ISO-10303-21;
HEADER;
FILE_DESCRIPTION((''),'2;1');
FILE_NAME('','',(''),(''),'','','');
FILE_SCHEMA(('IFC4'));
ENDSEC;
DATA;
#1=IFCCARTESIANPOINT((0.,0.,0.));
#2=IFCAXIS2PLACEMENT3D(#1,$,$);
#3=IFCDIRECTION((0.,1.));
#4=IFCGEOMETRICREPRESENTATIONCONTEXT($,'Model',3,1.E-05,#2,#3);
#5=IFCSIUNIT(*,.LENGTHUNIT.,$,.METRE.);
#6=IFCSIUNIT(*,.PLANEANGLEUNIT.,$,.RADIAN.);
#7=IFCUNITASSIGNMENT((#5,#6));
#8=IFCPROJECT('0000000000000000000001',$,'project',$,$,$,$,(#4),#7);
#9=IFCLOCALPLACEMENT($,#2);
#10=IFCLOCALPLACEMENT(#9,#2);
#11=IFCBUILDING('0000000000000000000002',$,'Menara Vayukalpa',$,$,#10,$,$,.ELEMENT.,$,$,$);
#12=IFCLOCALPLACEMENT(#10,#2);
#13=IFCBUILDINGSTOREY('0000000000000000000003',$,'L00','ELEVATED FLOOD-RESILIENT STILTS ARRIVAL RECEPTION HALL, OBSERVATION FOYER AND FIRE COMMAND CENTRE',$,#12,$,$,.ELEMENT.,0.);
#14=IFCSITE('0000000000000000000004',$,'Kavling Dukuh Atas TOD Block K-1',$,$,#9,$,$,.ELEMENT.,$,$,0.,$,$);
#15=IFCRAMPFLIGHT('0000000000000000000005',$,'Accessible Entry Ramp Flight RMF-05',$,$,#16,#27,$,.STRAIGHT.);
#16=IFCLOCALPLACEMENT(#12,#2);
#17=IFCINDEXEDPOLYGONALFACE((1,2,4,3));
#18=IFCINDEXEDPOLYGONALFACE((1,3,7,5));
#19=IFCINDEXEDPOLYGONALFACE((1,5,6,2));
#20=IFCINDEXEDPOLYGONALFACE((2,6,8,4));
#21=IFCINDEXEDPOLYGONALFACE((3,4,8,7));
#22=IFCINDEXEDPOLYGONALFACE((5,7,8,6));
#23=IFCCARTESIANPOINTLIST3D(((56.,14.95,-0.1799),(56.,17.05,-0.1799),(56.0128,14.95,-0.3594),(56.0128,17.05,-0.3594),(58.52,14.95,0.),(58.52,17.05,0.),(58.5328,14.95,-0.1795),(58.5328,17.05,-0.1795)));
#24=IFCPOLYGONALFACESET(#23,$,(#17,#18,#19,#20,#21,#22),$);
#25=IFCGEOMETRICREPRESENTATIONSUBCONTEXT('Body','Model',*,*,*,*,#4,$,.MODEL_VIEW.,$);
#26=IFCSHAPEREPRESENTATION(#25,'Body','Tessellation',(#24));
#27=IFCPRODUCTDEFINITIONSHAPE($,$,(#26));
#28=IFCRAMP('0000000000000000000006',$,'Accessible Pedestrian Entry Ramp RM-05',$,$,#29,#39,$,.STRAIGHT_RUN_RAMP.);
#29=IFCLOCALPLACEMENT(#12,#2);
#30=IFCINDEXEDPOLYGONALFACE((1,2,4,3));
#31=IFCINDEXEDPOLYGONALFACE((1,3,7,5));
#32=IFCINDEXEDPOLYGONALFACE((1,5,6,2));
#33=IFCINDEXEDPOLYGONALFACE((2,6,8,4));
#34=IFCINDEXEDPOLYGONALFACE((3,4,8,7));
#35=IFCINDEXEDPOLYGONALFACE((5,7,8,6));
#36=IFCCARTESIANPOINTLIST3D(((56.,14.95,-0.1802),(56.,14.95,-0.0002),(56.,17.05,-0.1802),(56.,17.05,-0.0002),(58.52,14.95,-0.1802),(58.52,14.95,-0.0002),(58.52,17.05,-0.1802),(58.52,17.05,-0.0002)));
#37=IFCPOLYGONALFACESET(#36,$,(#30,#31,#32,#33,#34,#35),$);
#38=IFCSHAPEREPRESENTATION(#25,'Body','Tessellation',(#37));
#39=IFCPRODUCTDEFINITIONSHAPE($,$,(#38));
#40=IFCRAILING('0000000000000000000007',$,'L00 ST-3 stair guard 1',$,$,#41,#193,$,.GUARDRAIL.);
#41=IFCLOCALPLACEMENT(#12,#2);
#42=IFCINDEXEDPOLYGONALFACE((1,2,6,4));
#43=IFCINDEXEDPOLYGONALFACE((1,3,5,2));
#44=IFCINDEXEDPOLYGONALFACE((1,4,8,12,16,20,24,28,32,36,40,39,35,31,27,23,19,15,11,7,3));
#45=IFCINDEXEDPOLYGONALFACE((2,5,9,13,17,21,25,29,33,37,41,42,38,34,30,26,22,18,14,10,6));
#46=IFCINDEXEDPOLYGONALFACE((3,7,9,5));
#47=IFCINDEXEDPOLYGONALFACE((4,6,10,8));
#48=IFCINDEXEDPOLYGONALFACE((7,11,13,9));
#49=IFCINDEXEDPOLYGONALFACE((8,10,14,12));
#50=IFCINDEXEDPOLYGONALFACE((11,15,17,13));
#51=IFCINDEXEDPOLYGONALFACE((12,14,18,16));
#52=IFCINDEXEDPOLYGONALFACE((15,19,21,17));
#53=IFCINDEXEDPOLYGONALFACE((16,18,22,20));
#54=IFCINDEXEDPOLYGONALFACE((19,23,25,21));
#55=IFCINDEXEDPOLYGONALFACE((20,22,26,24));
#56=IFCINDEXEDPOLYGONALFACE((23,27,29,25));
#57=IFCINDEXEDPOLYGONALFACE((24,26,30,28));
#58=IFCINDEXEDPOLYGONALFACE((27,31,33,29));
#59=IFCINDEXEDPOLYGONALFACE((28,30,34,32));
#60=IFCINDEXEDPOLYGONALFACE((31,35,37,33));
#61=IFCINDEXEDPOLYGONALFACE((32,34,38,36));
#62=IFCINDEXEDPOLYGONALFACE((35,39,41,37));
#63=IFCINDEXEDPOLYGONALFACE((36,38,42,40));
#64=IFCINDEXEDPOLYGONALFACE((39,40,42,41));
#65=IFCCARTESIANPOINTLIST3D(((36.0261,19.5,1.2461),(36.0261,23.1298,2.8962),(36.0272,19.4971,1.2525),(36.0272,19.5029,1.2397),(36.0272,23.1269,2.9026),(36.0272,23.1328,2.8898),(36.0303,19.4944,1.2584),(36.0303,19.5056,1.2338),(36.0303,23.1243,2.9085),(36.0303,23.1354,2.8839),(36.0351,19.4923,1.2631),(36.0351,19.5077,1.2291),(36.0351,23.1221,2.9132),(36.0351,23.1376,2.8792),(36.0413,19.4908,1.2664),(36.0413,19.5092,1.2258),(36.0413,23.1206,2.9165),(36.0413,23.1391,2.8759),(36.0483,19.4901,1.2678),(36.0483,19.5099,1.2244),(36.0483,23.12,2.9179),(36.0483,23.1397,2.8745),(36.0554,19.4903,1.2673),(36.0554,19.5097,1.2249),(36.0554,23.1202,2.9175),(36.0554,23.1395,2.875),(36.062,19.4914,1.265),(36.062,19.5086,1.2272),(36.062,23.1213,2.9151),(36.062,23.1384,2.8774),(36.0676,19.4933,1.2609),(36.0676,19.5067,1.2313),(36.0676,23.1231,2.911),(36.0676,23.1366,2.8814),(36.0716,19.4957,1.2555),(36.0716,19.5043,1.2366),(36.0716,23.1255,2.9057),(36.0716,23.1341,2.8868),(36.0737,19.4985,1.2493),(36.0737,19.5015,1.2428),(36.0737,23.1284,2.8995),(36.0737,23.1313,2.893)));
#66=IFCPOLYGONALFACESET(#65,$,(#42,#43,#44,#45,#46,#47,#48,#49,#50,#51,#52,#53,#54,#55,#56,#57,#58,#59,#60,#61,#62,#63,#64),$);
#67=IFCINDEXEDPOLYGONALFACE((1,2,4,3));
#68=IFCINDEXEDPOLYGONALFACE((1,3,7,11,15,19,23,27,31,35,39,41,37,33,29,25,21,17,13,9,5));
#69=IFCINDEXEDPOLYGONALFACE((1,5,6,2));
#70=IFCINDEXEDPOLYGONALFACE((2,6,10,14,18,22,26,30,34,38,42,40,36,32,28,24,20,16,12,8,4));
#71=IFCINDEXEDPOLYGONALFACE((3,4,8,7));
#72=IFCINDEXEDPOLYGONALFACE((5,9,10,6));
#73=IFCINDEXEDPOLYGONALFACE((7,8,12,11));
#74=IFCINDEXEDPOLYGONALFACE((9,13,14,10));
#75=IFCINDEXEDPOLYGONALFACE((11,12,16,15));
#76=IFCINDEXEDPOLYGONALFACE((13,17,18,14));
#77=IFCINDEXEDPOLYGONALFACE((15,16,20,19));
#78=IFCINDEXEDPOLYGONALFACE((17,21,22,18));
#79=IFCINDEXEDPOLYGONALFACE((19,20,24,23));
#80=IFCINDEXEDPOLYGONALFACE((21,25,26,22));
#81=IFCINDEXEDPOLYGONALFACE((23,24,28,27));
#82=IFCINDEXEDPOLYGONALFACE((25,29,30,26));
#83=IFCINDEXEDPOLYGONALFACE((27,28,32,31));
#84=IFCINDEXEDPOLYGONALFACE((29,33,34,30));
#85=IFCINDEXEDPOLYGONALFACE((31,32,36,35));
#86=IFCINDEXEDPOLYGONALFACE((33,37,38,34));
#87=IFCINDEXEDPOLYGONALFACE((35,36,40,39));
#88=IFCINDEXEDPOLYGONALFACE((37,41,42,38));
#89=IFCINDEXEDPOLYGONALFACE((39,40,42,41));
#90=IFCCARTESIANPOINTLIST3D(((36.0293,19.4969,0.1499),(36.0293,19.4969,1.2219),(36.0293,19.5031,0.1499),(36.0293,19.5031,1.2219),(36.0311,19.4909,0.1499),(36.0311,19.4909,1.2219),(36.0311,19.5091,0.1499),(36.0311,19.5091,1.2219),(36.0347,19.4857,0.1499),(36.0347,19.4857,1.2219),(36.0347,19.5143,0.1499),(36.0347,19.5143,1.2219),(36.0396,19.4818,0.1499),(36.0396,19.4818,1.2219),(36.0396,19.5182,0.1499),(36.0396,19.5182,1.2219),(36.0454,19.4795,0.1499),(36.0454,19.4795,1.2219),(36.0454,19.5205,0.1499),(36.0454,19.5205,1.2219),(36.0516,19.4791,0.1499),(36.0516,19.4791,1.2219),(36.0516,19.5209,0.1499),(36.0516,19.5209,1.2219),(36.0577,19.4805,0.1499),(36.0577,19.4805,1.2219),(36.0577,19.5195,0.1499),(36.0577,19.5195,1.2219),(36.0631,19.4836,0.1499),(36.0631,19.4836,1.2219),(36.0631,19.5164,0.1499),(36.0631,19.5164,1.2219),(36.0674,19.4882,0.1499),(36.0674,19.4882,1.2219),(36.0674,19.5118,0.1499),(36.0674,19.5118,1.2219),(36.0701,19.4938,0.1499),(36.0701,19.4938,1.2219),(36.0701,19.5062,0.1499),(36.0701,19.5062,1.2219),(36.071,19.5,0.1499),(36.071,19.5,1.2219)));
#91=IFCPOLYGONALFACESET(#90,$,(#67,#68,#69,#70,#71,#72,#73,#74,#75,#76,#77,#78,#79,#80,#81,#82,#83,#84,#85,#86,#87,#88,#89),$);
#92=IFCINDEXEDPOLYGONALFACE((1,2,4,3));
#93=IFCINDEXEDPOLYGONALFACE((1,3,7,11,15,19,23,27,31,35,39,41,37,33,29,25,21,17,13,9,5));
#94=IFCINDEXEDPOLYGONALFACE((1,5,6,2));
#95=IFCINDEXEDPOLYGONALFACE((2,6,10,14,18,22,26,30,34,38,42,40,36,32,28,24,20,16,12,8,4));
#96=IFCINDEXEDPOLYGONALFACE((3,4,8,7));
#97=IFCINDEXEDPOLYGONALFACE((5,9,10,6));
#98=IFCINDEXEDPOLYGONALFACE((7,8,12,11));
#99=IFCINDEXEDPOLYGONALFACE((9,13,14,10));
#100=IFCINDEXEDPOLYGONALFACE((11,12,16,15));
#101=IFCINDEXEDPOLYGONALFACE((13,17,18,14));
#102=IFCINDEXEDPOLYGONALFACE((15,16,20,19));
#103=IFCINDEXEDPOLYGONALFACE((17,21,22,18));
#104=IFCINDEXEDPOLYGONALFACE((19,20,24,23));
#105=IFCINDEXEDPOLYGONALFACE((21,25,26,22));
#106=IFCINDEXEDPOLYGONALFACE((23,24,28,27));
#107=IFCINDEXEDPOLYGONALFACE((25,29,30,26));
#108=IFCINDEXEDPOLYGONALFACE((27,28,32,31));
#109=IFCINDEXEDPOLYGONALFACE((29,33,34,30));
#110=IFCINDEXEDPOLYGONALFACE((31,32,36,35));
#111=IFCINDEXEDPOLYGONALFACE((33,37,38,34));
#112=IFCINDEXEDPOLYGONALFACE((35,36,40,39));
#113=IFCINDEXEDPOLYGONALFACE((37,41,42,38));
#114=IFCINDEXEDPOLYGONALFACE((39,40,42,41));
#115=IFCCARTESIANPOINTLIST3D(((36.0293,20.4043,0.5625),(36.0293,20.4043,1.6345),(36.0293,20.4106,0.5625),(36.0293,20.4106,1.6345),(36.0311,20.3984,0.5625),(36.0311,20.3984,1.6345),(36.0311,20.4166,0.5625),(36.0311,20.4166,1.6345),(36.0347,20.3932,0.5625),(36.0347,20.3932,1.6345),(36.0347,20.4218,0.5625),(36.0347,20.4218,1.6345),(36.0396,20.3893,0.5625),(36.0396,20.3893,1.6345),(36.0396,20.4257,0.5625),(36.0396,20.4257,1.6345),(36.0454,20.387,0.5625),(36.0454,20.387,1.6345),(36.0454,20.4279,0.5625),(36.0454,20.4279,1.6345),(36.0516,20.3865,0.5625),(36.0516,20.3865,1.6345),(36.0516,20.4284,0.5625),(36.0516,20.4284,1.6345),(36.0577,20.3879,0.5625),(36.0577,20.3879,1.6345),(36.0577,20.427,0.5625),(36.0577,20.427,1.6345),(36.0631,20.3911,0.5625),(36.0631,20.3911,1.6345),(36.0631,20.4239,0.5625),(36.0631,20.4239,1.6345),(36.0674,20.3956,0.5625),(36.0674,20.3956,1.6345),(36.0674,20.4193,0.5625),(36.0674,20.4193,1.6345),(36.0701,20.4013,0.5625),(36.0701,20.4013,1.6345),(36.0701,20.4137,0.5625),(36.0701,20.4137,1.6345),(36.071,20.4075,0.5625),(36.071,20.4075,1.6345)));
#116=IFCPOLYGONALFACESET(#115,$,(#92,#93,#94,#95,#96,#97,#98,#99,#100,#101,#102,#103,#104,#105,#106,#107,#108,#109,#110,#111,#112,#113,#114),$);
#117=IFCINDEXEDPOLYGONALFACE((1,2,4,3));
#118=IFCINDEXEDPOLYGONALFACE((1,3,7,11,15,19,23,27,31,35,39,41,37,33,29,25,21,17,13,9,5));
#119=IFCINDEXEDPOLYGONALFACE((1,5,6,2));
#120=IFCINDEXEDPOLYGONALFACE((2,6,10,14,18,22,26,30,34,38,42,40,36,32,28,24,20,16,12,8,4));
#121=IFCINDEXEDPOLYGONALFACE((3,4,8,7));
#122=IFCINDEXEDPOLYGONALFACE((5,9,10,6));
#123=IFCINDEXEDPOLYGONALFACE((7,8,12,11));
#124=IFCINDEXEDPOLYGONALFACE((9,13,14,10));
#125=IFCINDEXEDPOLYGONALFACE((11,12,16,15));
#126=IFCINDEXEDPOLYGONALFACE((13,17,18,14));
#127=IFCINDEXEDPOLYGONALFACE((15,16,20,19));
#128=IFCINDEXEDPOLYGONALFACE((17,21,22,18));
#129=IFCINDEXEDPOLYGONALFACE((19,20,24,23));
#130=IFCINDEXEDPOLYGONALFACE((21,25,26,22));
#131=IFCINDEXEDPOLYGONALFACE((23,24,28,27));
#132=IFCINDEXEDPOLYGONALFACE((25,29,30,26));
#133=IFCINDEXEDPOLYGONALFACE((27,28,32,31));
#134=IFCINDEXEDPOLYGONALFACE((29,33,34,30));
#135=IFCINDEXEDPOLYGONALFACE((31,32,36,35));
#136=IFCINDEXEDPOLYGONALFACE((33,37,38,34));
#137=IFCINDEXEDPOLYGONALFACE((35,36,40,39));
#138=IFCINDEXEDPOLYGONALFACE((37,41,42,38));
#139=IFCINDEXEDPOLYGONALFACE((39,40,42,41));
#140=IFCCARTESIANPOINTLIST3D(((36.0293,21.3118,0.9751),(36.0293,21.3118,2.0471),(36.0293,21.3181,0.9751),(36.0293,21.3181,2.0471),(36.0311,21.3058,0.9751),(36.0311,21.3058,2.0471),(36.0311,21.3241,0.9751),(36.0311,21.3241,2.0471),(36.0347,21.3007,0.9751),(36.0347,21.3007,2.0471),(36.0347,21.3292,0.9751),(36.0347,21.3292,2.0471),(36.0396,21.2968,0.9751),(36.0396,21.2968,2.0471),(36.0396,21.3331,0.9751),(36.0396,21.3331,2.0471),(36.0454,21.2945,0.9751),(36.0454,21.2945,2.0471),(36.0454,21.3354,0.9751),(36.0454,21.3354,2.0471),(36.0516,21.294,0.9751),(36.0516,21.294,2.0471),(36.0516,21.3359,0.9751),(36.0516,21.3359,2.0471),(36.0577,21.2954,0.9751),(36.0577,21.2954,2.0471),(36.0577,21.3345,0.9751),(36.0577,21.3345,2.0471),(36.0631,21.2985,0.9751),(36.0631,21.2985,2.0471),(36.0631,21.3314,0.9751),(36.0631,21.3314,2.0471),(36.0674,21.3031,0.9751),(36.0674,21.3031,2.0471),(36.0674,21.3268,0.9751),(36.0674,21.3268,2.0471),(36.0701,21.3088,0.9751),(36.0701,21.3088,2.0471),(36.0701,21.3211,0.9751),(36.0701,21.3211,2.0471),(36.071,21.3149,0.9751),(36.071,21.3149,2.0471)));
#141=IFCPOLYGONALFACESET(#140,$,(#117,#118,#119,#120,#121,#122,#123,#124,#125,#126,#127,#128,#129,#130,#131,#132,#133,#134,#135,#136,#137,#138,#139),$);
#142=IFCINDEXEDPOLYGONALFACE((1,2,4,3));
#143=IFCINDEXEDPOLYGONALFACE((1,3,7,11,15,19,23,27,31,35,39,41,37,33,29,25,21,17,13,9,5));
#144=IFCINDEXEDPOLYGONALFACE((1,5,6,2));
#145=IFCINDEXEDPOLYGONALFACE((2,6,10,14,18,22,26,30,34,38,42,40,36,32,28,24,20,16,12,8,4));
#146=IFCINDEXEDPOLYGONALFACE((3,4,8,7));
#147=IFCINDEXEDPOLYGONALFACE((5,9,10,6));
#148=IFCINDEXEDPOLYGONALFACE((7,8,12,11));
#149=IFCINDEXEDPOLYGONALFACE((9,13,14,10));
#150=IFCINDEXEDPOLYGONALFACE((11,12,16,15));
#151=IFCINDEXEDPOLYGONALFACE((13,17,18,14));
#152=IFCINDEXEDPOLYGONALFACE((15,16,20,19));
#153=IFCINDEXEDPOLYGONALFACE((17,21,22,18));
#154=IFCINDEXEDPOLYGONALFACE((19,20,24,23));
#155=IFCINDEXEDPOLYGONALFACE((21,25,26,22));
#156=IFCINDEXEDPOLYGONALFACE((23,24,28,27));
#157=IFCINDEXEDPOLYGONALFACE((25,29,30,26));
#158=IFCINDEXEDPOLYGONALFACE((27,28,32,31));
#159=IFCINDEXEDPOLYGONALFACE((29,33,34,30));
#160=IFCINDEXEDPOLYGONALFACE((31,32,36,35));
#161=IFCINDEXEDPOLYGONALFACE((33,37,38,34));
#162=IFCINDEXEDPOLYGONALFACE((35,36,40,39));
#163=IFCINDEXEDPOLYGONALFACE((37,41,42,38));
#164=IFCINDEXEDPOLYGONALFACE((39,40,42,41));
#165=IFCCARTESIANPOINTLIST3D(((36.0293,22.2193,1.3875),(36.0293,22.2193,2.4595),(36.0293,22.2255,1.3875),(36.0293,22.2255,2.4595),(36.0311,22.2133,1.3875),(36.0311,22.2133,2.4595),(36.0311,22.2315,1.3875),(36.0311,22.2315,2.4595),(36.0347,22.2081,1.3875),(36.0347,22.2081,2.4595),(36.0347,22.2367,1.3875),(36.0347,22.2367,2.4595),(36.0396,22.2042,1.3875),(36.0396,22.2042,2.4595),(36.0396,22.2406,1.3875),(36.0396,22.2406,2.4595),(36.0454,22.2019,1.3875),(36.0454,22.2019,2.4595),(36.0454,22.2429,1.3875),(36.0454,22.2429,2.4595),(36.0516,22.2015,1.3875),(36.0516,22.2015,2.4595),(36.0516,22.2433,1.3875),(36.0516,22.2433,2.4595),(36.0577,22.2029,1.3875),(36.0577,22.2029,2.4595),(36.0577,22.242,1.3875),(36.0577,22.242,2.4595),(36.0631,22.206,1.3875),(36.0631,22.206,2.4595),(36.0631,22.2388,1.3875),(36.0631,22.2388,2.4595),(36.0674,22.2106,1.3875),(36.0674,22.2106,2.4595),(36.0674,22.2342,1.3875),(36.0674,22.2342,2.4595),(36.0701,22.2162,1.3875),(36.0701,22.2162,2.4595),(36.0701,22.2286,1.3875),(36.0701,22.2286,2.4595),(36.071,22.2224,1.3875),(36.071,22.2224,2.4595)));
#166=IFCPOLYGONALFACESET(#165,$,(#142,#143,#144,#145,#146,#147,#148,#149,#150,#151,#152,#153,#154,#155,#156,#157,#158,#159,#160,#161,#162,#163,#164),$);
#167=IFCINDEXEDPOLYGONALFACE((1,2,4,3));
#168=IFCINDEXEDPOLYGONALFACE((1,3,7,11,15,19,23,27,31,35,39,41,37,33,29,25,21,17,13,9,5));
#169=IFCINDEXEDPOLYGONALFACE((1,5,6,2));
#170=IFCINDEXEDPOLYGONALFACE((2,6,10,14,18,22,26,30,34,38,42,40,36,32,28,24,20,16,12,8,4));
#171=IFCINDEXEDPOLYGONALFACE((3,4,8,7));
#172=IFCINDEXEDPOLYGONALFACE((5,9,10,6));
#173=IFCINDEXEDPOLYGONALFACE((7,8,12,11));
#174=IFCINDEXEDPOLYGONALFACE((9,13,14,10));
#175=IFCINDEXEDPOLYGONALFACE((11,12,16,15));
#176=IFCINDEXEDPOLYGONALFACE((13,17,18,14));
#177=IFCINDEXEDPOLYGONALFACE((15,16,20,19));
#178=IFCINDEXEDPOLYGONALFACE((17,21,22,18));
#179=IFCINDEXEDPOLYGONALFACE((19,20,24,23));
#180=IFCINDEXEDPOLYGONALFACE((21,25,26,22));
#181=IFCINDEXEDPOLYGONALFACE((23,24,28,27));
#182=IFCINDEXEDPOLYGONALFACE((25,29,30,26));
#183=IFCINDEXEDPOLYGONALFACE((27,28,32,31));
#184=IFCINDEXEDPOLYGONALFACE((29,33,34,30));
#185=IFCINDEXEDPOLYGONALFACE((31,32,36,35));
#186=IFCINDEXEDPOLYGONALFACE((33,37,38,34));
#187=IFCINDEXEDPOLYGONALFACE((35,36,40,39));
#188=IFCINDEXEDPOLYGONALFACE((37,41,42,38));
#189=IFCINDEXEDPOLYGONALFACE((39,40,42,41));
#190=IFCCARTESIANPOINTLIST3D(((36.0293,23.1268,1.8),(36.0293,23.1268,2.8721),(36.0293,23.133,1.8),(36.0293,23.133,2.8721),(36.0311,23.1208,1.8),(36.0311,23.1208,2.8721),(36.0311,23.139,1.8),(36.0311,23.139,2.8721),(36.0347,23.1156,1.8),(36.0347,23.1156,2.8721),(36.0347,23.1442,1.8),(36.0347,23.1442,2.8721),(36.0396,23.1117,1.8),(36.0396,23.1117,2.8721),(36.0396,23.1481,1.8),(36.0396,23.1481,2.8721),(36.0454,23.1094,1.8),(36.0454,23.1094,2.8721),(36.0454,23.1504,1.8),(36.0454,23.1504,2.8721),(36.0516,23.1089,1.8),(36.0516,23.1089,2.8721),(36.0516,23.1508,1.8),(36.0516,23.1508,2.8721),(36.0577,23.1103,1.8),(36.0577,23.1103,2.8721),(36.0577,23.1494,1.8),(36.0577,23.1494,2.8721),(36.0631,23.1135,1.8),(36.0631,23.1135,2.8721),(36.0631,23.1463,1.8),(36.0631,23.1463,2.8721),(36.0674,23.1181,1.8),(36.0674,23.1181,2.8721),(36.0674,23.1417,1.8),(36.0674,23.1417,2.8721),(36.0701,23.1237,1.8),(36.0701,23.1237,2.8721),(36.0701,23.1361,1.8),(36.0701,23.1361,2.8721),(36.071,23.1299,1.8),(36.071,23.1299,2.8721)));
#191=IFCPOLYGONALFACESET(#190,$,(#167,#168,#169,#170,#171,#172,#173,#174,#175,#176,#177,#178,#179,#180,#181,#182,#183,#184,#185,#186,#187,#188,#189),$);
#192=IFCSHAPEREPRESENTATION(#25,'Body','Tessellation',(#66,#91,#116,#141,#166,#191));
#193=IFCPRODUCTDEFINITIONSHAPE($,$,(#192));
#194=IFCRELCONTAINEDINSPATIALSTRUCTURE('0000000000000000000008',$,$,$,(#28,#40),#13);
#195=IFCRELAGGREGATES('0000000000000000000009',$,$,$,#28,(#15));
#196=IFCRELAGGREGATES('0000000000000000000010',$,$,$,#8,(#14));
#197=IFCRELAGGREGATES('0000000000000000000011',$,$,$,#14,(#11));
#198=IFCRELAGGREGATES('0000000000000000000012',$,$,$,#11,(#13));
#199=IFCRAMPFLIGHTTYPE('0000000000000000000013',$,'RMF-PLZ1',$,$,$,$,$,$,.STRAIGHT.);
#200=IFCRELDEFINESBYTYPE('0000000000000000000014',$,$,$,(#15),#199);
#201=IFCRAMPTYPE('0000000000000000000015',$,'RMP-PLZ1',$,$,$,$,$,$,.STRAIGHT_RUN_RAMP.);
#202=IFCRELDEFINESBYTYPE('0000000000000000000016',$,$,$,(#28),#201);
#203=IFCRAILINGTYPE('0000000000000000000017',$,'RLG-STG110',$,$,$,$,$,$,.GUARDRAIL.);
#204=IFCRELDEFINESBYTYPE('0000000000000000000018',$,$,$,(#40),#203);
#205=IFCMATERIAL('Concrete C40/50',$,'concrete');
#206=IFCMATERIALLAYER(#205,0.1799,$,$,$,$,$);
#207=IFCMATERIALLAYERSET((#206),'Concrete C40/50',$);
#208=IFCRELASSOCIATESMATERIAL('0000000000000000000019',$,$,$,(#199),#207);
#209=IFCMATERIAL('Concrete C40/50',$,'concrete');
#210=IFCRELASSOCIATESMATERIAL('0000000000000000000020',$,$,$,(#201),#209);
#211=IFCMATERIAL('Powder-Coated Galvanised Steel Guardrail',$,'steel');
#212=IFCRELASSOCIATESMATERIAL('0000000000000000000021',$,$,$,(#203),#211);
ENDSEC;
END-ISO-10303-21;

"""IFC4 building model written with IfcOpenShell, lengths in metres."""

from ifc_helpers import new_model, si_unit, direction, frame, origin, origin_2d, place, context, subcontext, project, spatial, polyline, rectangle, circle, outline, extrude, material, layer, layer_set, type_object, element, aggregate, save


model = new_model("IFC4")

# Units and contexts
model_context = context("Model", 3, precision=1e-05, world=origin(), true_north=direction((0.0, 1.0)))
body_context = subcontext(model_context, "Body", "Model", "MODEL_VIEW")
ifc_project = project(units=[si_unit("LENGTHUNIT", "METRE"), si_unit("PLANEANGLEUNIT", "RADIAN")], contexts=[model_context])

# Site, building, storey
site_placement = place(None, origin())
site = spatial("IfcSite", under=ifc_project, at=site_placement, Name="Kavling Dukuh Atas TOD Block K-1", CompositionType="ELEMENT", RefElevation=0.0)
building_placement = place(site_placement, origin())
building = spatial("IfcBuilding", under=site, at=building_placement, Name="Menara Vayukalpa", CompositionType="ELEMENT")
storey_placement = place(building_placement, origin())
storey = spatial("IfcBuildingStorey", under=building, at=storey_placement, Name="L00", Description="ELEVATED FLOOD-RESILIENT STILTS ARRIVAL RECEPTION HALL, OBSERVATION FOYER AND FIRE COMMAND CENTRE", CompositionType="ELEMENT", Elevation=0.0)

# Ramp flight
ifc_material_1 = material(Name="Concrete C40/50", Category="concrete")
ifc_layer_1 = layer(ifc_material_1, 0.1799)
ifc_layer_set_1 = layer_set([ifc_layer_1], Name="Concrete C40/50")
ramp_flight_type = type_object("IfcRampFlightType", Name="RMF-PLZ1", PredefinedType="STRAIGHT", material=ifc_layer_set_1)
ramp_flight_1_placement = place(storey_placement, frame((56.0, 14.95, -0.1799), z_axis=(-0.07122, 0.0, 0.997461), x_axis=(0.997461, 0.0, 0.07122)))
ramp_flight_1 = element("IfcRampFlight", 1, at=ramp_flight_1_placement, type_object=ramp_flight_type, Name="Accessible Entry Ramp Flight RMF-05", PredefinedType="STRAIGHT", context=body_context, shape_type="SweptSolid", body=[
    extrude(outline(polyline([(0.0, 0.0), (2.5264, 0.0), (2.5264, 2.1001), (0.0, 2.1001), (0.0, 0.0)])), origin(), (0.0, 0.0, -1.0), 0.1799),
])

# Ramp
ifc_material_2 = material(Name="Concrete C40/50", Category="concrete")
ramp_type = type_object("IfcRampType", Name="RMP-PLZ1", PredefinedType="STRAIGHT_RUN_RAMP", material=ifc_material_2)
ramp_1_placement = place(storey_placement, frame((57.26, 16.0, -0.1802), z_axis=(0.0, 0.0, 1.0), x_axis=(1.0, 0.0, 0.0)))
ramp_1 = element("IfcRamp", 2, at=ramp_1_placement, inside=storey, type_object=ramp_type, Name="Accessible Pedestrian Entry Ramp RM-05", PredefinedType="STRAIGHT_RUN_RAMP", context=body_context, shape_type="SweptSolid", body=[
    extrude(rectangle(XDim=2.52, YDim=2.1001, at=origin_2d()), origin(), (0.0, 0.0, 1.0), 0.1799),
])
aggregate(ramp_1, [ramp_flight_1])

# Railing
ifc_material_3 = material(Name="Powder-Coated Galvanised Steel Guardrail", Category="steel")
railing_type_1 = type_object("IfcRailingType", Name="RLG-STG110", PredefinedType="GUARDRAIL", material=ifc_material_3)
railing_1_placement = place(storey_placement, frame((36.05, 19.5, 0.1499)))
element("IfcRailing", 3, at=railing_1_placement, inside=storey, type_object=railing_type_1, Name="L00 ST-3 stair guard 1", PredefinedType="GUARDRAIL", context=body_context, shape_type="SweptSolid", body=[
    extrude(circle(Radius=0.0239, at=origin_2d()), frame((0.0, 0.0, 1.0962), z_axis=(0.0, 0.910348, 0.413844), x_axis=(-1.0, 0.0, 0.0)), (0.0, 0.0, 1.0), 3.9873),
    extrude(circle(Radius=0.021, at=origin_2d()), origin(), (0.0, 0.0, 1.0), 1.072),
    extrude(circle(Radius=0.021, at=origin_2d()), frame((0.0, 0.9075, 0.4126)), (0.0, 0.0, 1.0), 1.072),
    extrude(circle(Radius=0.021, at=origin_2d()), frame((0.0, 1.8149, 0.8252)), (0.0, 0.0, 1.0), 1.072),
    extrude(circle(Radius=0.021, at=origin_2d()), frame((0.0, 2.7224, 1.2375)), (0.0, 0.0, 1.0), 1.072),
    extrude(circle(Radius=0.021, at=origin_2d()), frame((0.0, 3.6299, 1.6501)), (0.0, 0.0, 1.0), 1.072),
])

save(model, "model.ifc")
